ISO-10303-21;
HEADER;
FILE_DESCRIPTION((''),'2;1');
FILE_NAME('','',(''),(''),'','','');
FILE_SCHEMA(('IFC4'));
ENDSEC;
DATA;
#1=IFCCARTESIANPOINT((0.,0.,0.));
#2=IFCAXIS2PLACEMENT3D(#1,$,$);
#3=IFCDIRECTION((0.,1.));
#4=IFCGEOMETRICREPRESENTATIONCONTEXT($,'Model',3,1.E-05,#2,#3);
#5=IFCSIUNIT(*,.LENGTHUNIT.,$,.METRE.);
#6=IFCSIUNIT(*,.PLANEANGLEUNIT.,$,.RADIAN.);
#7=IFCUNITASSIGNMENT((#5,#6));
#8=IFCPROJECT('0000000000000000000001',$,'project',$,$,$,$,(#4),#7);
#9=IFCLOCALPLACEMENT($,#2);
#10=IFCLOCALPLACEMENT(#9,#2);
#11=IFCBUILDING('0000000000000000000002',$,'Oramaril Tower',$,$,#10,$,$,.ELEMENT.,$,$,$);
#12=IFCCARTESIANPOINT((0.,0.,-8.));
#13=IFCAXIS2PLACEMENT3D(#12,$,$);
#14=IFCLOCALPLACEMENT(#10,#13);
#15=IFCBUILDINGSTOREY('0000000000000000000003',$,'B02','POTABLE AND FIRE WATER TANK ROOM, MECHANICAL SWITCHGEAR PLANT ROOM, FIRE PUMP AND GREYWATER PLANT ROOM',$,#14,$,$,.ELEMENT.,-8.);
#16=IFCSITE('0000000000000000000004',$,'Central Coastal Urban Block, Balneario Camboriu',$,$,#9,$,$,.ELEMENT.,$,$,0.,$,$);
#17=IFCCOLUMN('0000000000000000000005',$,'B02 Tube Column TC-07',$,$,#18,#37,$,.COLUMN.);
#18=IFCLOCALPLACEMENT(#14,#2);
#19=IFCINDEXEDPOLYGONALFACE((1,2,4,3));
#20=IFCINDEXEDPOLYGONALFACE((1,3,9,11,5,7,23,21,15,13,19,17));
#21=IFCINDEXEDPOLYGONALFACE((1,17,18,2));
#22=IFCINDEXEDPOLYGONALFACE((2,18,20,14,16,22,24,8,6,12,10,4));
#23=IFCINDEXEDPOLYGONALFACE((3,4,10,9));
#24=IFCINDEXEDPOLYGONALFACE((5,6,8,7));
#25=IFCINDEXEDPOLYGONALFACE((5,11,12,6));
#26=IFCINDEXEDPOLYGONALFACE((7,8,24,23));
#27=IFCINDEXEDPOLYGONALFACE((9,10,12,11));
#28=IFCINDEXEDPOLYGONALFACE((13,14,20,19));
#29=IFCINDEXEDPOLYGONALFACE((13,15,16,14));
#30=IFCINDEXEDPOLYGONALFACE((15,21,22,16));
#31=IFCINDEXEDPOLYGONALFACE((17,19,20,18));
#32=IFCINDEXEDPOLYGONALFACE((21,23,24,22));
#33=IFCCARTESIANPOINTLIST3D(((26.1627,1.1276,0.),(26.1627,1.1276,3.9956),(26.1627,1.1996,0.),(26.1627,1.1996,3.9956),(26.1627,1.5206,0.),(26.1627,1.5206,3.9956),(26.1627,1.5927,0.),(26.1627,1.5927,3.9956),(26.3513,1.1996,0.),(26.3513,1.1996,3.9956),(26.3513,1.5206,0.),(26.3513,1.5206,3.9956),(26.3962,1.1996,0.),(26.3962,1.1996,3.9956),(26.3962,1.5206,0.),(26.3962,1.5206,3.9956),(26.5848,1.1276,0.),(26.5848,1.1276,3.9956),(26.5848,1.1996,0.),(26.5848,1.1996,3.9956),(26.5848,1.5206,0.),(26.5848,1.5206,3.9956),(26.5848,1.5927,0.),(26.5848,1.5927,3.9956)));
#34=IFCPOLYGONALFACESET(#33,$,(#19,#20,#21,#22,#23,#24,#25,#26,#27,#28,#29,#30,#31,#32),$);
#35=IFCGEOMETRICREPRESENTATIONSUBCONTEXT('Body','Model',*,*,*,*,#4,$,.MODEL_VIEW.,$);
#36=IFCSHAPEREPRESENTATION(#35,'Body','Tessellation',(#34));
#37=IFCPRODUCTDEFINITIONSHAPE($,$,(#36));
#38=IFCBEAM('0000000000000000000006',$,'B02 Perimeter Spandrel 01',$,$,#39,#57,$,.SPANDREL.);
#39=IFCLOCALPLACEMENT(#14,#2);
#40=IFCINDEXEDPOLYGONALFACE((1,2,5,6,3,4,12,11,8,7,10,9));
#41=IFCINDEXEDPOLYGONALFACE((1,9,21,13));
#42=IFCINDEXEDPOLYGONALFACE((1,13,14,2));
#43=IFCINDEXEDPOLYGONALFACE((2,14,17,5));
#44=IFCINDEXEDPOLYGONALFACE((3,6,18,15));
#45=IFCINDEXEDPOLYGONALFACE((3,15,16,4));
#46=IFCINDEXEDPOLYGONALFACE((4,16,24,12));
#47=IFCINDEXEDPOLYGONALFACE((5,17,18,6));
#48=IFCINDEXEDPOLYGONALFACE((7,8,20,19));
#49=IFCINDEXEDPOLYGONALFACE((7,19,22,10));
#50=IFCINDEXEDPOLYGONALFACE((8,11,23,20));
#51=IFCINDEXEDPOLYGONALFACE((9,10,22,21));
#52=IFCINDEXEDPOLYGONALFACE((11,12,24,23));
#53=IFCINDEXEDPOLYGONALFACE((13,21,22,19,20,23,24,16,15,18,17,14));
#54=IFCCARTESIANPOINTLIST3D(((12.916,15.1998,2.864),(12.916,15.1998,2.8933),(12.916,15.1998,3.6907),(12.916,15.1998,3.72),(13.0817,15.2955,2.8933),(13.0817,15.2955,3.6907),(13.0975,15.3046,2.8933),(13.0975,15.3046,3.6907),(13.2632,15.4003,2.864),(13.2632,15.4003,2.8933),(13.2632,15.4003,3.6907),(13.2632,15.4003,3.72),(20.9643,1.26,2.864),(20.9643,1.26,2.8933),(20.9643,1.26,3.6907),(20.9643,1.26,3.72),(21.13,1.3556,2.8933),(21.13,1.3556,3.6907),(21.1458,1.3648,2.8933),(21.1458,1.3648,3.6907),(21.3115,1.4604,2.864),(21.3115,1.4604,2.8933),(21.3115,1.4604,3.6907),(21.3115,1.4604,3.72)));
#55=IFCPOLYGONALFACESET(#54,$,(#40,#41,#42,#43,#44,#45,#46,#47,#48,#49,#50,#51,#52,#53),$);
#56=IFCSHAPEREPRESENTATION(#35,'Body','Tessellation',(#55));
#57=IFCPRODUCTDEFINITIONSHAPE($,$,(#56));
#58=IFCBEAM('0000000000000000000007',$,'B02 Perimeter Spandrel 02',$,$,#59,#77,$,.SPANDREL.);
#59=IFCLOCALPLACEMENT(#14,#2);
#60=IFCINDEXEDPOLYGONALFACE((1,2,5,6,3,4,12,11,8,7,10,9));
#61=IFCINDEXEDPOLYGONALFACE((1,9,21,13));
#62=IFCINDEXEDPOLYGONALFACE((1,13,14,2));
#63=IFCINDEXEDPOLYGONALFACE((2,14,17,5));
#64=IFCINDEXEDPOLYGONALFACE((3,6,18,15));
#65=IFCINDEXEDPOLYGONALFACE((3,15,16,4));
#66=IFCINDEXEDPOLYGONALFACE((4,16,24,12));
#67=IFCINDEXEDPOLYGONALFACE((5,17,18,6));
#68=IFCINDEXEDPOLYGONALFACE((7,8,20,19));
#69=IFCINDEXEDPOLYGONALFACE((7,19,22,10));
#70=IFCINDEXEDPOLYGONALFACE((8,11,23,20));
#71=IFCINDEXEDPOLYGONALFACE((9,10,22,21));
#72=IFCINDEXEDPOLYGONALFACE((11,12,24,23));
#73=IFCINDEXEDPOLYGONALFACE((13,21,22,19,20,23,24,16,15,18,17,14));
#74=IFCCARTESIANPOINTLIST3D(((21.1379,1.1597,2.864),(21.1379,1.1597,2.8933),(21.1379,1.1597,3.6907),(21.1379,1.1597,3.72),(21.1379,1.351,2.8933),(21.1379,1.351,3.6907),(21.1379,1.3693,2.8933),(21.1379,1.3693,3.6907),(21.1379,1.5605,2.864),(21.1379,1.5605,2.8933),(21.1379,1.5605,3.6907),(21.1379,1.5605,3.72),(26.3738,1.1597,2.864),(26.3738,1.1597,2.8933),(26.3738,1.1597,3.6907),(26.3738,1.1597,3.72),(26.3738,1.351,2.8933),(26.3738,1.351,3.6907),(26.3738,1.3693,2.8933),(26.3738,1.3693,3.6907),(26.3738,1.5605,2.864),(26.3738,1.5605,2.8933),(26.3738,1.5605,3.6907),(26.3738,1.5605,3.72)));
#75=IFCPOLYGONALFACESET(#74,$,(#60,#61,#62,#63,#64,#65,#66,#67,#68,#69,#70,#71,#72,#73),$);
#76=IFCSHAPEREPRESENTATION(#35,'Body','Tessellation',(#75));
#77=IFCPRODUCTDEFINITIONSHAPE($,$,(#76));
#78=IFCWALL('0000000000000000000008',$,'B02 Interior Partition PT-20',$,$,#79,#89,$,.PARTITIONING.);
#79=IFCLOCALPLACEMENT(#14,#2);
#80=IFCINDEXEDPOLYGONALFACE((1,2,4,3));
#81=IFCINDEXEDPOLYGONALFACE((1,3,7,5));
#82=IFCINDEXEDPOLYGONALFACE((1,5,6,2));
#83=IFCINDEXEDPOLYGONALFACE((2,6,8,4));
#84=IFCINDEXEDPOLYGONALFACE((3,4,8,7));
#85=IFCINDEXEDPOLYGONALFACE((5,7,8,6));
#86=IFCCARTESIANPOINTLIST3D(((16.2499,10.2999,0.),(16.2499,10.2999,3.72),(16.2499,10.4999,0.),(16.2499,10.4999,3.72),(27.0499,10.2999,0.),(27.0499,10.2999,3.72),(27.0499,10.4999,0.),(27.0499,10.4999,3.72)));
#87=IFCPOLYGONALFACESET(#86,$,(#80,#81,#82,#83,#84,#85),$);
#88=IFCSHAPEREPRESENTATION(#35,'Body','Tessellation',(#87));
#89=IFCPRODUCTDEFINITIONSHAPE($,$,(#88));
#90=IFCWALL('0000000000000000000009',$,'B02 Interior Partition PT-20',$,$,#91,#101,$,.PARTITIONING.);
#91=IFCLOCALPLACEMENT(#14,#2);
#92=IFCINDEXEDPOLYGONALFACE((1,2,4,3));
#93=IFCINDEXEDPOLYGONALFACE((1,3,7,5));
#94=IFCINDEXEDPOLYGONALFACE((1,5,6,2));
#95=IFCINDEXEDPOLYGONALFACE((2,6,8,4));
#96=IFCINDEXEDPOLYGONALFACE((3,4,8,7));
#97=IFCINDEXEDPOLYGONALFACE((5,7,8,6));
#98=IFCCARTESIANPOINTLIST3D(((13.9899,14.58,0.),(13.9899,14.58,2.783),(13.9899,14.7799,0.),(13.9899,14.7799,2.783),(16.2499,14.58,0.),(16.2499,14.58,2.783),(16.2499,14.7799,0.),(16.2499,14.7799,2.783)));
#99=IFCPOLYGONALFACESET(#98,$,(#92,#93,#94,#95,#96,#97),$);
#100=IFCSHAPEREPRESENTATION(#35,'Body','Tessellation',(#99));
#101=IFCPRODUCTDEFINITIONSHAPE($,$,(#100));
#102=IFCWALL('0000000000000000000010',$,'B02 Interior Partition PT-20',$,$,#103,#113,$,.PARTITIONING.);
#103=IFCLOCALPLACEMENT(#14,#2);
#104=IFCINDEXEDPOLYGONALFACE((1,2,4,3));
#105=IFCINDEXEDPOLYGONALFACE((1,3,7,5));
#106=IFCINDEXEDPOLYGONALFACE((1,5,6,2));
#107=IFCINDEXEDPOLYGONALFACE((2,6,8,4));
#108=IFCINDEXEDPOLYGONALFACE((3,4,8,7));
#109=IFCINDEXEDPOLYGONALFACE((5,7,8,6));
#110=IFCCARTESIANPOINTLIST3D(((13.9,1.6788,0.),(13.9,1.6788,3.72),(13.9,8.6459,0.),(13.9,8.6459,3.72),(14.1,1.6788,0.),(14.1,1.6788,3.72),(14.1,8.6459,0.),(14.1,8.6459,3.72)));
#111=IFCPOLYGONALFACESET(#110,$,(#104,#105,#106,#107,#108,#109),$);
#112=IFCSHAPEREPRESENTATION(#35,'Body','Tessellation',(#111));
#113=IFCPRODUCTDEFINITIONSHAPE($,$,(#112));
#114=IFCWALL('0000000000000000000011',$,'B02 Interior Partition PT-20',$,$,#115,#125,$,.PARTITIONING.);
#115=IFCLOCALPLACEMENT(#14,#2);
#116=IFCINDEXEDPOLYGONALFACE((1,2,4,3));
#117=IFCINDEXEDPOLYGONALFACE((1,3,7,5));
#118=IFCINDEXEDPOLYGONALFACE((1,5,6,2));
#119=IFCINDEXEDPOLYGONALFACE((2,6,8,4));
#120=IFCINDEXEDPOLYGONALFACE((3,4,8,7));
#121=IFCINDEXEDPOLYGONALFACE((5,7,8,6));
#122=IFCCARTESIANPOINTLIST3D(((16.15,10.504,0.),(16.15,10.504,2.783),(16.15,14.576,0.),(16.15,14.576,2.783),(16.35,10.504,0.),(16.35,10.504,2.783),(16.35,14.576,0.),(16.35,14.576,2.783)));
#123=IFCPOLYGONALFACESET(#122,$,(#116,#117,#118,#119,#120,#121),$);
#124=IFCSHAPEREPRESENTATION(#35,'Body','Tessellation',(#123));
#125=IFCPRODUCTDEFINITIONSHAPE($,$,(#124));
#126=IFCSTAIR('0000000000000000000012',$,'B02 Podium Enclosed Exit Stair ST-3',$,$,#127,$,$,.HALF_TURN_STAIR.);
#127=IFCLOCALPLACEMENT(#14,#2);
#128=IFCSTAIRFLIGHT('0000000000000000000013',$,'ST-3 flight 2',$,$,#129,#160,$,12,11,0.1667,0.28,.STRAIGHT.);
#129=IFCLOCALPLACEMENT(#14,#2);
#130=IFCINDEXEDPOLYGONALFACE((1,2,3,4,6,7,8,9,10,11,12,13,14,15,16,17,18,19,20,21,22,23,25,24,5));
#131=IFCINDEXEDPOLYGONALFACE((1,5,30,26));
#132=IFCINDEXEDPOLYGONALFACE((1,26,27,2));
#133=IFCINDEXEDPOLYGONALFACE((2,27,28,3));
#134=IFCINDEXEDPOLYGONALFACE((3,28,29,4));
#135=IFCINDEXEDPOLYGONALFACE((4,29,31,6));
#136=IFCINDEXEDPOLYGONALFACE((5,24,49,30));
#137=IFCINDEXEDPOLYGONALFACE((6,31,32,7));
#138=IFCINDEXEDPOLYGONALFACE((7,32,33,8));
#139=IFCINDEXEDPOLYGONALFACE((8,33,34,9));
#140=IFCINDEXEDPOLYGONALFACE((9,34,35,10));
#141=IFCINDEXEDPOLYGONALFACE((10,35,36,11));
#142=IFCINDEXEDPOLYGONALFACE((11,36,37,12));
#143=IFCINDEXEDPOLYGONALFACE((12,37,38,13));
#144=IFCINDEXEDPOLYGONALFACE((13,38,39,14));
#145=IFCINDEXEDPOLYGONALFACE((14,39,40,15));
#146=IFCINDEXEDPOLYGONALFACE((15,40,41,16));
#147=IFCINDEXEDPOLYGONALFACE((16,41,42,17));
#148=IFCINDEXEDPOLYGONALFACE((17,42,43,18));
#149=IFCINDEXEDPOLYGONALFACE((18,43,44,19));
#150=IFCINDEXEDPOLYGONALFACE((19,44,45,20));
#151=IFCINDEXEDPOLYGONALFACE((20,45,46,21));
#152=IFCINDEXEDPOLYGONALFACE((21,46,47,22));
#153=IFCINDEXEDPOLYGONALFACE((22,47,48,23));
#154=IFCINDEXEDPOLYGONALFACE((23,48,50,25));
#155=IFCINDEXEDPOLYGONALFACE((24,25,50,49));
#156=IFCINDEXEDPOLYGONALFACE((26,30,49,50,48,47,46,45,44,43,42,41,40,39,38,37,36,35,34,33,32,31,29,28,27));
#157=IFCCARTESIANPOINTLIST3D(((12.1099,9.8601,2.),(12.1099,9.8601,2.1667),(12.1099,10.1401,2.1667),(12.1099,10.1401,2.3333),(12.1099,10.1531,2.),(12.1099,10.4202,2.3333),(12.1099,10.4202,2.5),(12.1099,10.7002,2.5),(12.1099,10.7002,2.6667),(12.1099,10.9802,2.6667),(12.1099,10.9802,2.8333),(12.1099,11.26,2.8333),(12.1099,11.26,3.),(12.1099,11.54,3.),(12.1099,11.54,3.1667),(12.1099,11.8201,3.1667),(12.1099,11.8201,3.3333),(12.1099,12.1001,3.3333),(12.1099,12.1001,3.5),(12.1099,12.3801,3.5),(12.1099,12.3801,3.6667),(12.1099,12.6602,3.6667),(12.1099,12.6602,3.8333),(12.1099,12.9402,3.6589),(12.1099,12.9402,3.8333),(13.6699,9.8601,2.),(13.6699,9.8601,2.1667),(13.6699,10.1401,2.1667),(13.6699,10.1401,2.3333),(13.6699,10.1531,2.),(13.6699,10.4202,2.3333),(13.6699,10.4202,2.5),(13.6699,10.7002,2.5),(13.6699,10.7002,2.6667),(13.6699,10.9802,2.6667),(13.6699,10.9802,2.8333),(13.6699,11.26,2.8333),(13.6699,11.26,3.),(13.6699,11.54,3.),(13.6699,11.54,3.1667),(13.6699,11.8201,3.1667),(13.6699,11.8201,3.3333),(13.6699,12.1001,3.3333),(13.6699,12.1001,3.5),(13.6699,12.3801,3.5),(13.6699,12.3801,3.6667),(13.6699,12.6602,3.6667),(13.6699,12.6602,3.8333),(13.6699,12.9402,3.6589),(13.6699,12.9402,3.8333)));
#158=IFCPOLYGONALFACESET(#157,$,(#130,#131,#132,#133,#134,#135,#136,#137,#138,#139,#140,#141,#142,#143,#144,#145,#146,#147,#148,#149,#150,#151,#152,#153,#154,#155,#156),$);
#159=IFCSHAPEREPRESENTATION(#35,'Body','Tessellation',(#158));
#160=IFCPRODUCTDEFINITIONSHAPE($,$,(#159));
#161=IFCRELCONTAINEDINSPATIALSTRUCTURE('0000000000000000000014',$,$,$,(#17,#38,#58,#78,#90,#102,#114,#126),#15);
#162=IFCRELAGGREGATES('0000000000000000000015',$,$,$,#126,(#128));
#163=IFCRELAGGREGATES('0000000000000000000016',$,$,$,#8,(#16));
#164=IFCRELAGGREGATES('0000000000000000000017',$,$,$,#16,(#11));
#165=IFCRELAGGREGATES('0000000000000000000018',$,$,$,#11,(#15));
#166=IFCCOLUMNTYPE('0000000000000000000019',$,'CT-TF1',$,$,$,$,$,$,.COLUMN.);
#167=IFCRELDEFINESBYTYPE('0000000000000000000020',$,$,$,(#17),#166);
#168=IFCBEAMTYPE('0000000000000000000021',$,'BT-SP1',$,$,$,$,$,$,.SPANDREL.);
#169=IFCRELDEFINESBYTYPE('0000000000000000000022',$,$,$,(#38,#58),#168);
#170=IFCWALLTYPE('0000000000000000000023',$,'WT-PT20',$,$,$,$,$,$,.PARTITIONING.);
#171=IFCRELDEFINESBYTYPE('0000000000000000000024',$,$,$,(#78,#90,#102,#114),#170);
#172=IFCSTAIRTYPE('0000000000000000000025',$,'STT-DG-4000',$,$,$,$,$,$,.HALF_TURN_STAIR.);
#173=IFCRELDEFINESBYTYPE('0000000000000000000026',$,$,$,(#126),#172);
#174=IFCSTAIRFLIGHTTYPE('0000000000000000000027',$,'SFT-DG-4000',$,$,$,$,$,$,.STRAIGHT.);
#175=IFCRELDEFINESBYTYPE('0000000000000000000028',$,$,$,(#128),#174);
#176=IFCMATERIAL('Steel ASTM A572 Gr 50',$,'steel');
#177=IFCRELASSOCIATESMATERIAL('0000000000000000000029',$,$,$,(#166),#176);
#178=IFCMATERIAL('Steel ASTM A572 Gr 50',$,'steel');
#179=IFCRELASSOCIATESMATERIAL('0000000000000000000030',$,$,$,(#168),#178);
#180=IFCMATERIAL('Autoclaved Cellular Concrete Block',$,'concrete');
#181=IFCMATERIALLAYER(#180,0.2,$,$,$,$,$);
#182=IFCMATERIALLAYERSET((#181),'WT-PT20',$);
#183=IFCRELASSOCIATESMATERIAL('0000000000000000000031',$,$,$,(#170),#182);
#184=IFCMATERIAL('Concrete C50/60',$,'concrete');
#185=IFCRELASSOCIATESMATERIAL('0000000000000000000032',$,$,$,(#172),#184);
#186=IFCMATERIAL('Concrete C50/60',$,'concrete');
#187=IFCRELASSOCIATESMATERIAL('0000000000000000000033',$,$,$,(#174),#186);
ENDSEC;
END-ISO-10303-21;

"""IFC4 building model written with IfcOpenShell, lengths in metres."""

from ifc_helpers import new_model, si_unit, direction, frame, frame_2d, origin, origin_2d, place, context, subcontext, project, spatial, polyline, rectangle, i_section, outline, extrude, material, layer, layer_set, material_profile, profile_set, type_object, element, aggregate, save


model = new_model("IFC4")

# Units and contexts
model_context = context("Model", 3, precision=1e-05, world=origin(), true_north=direction((0.0, 1.0)))
body_context = subcontext(model_context, "Body", "Model", "MODEL_VIEW")
ifc_project = project(units=[si_unit("LENGTHUNIT", "METRE"), si_unit("PLANEANGLEUNIT", "RADIAN")], contexts=[model_context])

# Site, building, storey
site_placement = place(None, origin())
site = spatial("IfcSite", under=ifc_project, at=site_placement, Name="Central Coastal Urban Block, Balneario Camboriu", CompositionType="ELEMENT", RefElevation=0.0)
building_placement = place(site_placement, origin())
building = spatial("IfcBuilding", under=site, at=building_placement, Name="Oramaril Tower", CompositionType="ELEMENT")
storey_placement = place(building_placement, frame((0.0, 0.0, -8.0)))
storey = spatial("IfcBuildingStorey", under=building, at=storey_placement, Name="B02", Description="POTABLE AND FIRE WATER TANK ROOM, MECHANICAL SWITCHGEAR PLANT ROOM, FIRE PUMP AND GREYWATER PLANT ROOM", CompositionType="ELEMENT", Elevation=-8.0)

# Column
ifc_material_1 = material(Name="Steel ASTM A572 Gr 50", Category="steel")
ifc_material_profile_1 = material_profile(ifc_material_1, i_section(OverallWidth=0.4221, OverallDepth=0.4651, WebThickness=0.0449, FlangeThickness=0.072, at=origin_2d()), Name="W14X398")
ifc_profile_set_1 = profile_set([ifc_material_profile_1], Name="Steel ASTM A572 Gr 50")
column_type_1 = type_object("IfcColumnType", Name="CT-TF1", PredefinedType="COLUMN", material=ifc_profile_set_1)
column_placement = place(storey_placement, frame((26.3738, 1.3601, 0.0), z_axis=(0.0, 0.0, 1.0), x_axis=(1.0, 0.0, 0.0)))
element("IfcColumn", 1, at=column_placement, inside=storey, type_object=column_type_1, Name="B02 Tube Column TC-07", PredefinedType="COLUMN", context=body_context, shape_type="SweptSolid", body=[
    extrude(i_section(OverallWidth=0.4221, OverallDepth=0.4651, WebThickness=0.0449, FlangeThickness=0.072, at=origin_2d()), origin(), (0.0, 0.0, 1.0), 3.9956),
])

# Beams
ifc_material_2 = material(Name="Steel ASTM A572 Gr 50", Category="steel")
ifc_material_profile_2 = material_profile(ifc_material_2, i_section(OverallWidth=0.4009, OverallDepth=0.856, WebThickness=0.0183, FlangeThickness=0.0293, at=origin_2d()), Name="W33X201")
ifc_profile_set_2 = profile_set([ifc_material_profile_2], Name="Steel ASTM A572 Gr 50")
beam_type = type_object("IfcBeamType", Name="BT-SP1", PredefinedType="SPANDREL", material=ifc_profile_set_2)
beam_1_placement = place(storey_placement, frame((13.0896, 15.3, 3.292), z_axis=(0.500005, -0.866022, 0.0), x_axis=(0.866022, 0.500005, 0.0)))
element("IfcBeam", 2, at=beam_1_placement, inside=storey, type_object=beam_type, Name="B02 Perimeter Spandrel 01", PredefinedType="SPANDREL", context=body_context, shape_type="SweptSolid", body=[
    extrude(i_section(OverallWidth=0.4009, OverallDepth=0.856, WebThickness=0.0183, FlangeThickness=0.0293, at=origin_2d()), origin(), (0.0, 0.0, 1.0), 16.0964),
])
beam_2_placement = place(storey_placement, frame((21.1379, 1.3601, 3.292), z_axis=(1.0, 0.0, 0.0), x_axis=(0.0, 1.0, 0.0)))
element("IfcBeam", 3, at=beam_2_placement, inside=storey, type_object=beam_type, Name="B02 Perimeter Spandrel 02", PredefinedType="SPANDREL", context=body_context, shape_type="SweptSolid", body=[
    extrude(i_section(OverallWidth=0.4009, OverallDepth=0.856, WebThickness=0.0183, FlangeThickness=0.0293, at=origin_2d()), origin(), (0.0, 0.0, 1.0), 5.2358),
])

# Shared definitions
ifc_material_3 = material(Name="Autoclaved Cellular Concrete Block", Category="concrete")
ifc_layer_1 = layer(ifc_material_3, 0.2)
ifc_layer_set_1 = layer_set([ifc_layer_1], Name="WT-PT20")
wall_type_1 = type_object("IfcWallType", Name="WT-PT20", PredefinedType="PARTITIONING", material=ifc_layer_set_1)

# Walls
wall_1_placement = place(storey_placement, frame((16.25, 10.3999, 0.0), z_axis=(0.0, 0.0, 1.0), x_axis=(1.0, 0.0, 0.0)))
element("IfcWall", 4, at=wall_1_placement, inside=storey, type_object=wall_type_1, Name="B02 Interior Partition PT-20", PredefinedType="PARTITIONING", context=body_context, shape_type="SweptSolid", body=[
    extrude(rectangle(XDim=10.8, YDim=0.2, at=frame_2d((5.3999, 0.0))), origin(), (0.0, 0.0, 1.0), 3.72),
])
wall_2_placement = place(storey_placement, frame((13.99, 14.6799, 0.0), z_axis=(0.0, 0.0, 1.0), x_axis=(1.0, 0.0, 0.0)))
element("IfcWall", 5, at=wall_2_placement, inside=storey, type_object=wall_type_1, Name="B02 Interior Partition PT-20", PredefinedType="PARTITIONING", context=body_context, shape_type="SweptSolid", body=[
    extrude(rectangle(XDim=2.26, YDim=0.2, at=frame_2d((1.1299, 0.0))), origin(), (0.0, 0.0, 1.0), 2.783),
])
wall_3_placement = place(storey_placement, frame((14.0, 1.679, 0.0), z_axis=(0.0, 0.0, 1.0), x_axis=(0.0, 1.0, 0.0)))
element("IfcWall", 6, at=wall_3_placement, inside=storey, type_object=wall_type_1, Name="B02 Interior Partition PT-20", PredefinedType="PARTITIONING", context=body_context, shape_type="SweptSolid", body=[
    extrude(rectangle(XDim=6.967, YDim=0.2, at=frame_2d((3.4834, 0.0))), origin(), (0.0, 0.0, 1.0), 3.72),
])
wall_4_placement = place(storey_placement, frame((16.25, 10.5039, 0.0), z_axis=(0.0, 0.0, 1.0), x_axis=(0.0, 1.0, 0.0)))
element("IfcWall", 7, at=wall_4_placement, inside=storey, type_object=wall_type_1, Name="B02 Interior Partition PT-20", PredefinedType="PARTITIONING", context=body_context, shape_type="SweptSolid", body=[
    extrude(rectangle(XDim=4.072, YDim=0.2, at=frame_2d((2.0361, 0.0))), origin(), (0.0, 0.0, 1.0), 2.783),
])

# Stair, stair flight
ifc_material_4 = material(Name="Concrete C50/60", Category="concrete")
stair_type = type_object("IfcStairType", Name="STT-DG-4000", PredefinedType="HALF_TURN_STAIR", material=ifc_material_4)
stair_placement = place(storey_placement, origin())
stair = element("IfcStair", 8, at=stair_placement, inside=storey, type_object=stair_type, Name="B02 Podium Enclosed Exit Stair ST-3", PredefinedType="HALF_TURN_STAIR")
ifc_material_5 = material(Name="Concrete C50/60", Category="concrete")
stair_flight_type = type_object("IfcStairFlightType", Name="SFT-DG-4000", PredefinedType="STRAIGHT", material=ifc_material_5)
stair_flight_placement = place(storey_placement, frame((12.8899, 9.8601, 2.0), z_axis=(0.0, 0.0, 1.0), x_axis=(0.0, 1.0, 0.0)))
stair_flight = element("IfcStairFlight", 9, at=stair_flight_placement, type_object=stair_flight_type, Name="ST-3 flight 2", NumberOfRisers=12, NumberOfTreads=11, PredefinedType="STRAIGHT", RiserHeight=0.1667, TreadLength=0.28, context=body_context, shape_type="SweptSolid", body=[
    extrude(outline(polyline([(0.0, 0.0), (0.0, 0.1667), (0.28, 0.1667), (0.28, 0.3333), (0.5601, 0.3333), (0.5601, 0.5), (0.8401, 0.5), (0.8401, 0.6667), (1.1201, 0.6667), (1.1201, 0.8333), (1.3999, 0.8333), (1.3999, 1.0), (1.6799, 1.0), (1.6799, 1.1667), (1.96, 1.1667), (1.96, 1.3333), (2.24, 1.3333), (2.24, 1.5), (2.52, 1.5), (2.52, 1.6667), (2.8, 1.6667), (2.8, 1.8333), (3.0801, 1.8333), (3.0801, 2.0), (3.0801, 1.6589), (0.293, 0.0), (0.0, 0.0)])), frame((0.0, 0.78, 0.0), z_axis=(0.0, -1.0, 0.0), x_axis=(1.0, 0.0, 0.0)), (0.0, 0.0, 1.0), 1.5601),
])
aggregate(stair, [stair_flight])

save(model, "model.ifc")
